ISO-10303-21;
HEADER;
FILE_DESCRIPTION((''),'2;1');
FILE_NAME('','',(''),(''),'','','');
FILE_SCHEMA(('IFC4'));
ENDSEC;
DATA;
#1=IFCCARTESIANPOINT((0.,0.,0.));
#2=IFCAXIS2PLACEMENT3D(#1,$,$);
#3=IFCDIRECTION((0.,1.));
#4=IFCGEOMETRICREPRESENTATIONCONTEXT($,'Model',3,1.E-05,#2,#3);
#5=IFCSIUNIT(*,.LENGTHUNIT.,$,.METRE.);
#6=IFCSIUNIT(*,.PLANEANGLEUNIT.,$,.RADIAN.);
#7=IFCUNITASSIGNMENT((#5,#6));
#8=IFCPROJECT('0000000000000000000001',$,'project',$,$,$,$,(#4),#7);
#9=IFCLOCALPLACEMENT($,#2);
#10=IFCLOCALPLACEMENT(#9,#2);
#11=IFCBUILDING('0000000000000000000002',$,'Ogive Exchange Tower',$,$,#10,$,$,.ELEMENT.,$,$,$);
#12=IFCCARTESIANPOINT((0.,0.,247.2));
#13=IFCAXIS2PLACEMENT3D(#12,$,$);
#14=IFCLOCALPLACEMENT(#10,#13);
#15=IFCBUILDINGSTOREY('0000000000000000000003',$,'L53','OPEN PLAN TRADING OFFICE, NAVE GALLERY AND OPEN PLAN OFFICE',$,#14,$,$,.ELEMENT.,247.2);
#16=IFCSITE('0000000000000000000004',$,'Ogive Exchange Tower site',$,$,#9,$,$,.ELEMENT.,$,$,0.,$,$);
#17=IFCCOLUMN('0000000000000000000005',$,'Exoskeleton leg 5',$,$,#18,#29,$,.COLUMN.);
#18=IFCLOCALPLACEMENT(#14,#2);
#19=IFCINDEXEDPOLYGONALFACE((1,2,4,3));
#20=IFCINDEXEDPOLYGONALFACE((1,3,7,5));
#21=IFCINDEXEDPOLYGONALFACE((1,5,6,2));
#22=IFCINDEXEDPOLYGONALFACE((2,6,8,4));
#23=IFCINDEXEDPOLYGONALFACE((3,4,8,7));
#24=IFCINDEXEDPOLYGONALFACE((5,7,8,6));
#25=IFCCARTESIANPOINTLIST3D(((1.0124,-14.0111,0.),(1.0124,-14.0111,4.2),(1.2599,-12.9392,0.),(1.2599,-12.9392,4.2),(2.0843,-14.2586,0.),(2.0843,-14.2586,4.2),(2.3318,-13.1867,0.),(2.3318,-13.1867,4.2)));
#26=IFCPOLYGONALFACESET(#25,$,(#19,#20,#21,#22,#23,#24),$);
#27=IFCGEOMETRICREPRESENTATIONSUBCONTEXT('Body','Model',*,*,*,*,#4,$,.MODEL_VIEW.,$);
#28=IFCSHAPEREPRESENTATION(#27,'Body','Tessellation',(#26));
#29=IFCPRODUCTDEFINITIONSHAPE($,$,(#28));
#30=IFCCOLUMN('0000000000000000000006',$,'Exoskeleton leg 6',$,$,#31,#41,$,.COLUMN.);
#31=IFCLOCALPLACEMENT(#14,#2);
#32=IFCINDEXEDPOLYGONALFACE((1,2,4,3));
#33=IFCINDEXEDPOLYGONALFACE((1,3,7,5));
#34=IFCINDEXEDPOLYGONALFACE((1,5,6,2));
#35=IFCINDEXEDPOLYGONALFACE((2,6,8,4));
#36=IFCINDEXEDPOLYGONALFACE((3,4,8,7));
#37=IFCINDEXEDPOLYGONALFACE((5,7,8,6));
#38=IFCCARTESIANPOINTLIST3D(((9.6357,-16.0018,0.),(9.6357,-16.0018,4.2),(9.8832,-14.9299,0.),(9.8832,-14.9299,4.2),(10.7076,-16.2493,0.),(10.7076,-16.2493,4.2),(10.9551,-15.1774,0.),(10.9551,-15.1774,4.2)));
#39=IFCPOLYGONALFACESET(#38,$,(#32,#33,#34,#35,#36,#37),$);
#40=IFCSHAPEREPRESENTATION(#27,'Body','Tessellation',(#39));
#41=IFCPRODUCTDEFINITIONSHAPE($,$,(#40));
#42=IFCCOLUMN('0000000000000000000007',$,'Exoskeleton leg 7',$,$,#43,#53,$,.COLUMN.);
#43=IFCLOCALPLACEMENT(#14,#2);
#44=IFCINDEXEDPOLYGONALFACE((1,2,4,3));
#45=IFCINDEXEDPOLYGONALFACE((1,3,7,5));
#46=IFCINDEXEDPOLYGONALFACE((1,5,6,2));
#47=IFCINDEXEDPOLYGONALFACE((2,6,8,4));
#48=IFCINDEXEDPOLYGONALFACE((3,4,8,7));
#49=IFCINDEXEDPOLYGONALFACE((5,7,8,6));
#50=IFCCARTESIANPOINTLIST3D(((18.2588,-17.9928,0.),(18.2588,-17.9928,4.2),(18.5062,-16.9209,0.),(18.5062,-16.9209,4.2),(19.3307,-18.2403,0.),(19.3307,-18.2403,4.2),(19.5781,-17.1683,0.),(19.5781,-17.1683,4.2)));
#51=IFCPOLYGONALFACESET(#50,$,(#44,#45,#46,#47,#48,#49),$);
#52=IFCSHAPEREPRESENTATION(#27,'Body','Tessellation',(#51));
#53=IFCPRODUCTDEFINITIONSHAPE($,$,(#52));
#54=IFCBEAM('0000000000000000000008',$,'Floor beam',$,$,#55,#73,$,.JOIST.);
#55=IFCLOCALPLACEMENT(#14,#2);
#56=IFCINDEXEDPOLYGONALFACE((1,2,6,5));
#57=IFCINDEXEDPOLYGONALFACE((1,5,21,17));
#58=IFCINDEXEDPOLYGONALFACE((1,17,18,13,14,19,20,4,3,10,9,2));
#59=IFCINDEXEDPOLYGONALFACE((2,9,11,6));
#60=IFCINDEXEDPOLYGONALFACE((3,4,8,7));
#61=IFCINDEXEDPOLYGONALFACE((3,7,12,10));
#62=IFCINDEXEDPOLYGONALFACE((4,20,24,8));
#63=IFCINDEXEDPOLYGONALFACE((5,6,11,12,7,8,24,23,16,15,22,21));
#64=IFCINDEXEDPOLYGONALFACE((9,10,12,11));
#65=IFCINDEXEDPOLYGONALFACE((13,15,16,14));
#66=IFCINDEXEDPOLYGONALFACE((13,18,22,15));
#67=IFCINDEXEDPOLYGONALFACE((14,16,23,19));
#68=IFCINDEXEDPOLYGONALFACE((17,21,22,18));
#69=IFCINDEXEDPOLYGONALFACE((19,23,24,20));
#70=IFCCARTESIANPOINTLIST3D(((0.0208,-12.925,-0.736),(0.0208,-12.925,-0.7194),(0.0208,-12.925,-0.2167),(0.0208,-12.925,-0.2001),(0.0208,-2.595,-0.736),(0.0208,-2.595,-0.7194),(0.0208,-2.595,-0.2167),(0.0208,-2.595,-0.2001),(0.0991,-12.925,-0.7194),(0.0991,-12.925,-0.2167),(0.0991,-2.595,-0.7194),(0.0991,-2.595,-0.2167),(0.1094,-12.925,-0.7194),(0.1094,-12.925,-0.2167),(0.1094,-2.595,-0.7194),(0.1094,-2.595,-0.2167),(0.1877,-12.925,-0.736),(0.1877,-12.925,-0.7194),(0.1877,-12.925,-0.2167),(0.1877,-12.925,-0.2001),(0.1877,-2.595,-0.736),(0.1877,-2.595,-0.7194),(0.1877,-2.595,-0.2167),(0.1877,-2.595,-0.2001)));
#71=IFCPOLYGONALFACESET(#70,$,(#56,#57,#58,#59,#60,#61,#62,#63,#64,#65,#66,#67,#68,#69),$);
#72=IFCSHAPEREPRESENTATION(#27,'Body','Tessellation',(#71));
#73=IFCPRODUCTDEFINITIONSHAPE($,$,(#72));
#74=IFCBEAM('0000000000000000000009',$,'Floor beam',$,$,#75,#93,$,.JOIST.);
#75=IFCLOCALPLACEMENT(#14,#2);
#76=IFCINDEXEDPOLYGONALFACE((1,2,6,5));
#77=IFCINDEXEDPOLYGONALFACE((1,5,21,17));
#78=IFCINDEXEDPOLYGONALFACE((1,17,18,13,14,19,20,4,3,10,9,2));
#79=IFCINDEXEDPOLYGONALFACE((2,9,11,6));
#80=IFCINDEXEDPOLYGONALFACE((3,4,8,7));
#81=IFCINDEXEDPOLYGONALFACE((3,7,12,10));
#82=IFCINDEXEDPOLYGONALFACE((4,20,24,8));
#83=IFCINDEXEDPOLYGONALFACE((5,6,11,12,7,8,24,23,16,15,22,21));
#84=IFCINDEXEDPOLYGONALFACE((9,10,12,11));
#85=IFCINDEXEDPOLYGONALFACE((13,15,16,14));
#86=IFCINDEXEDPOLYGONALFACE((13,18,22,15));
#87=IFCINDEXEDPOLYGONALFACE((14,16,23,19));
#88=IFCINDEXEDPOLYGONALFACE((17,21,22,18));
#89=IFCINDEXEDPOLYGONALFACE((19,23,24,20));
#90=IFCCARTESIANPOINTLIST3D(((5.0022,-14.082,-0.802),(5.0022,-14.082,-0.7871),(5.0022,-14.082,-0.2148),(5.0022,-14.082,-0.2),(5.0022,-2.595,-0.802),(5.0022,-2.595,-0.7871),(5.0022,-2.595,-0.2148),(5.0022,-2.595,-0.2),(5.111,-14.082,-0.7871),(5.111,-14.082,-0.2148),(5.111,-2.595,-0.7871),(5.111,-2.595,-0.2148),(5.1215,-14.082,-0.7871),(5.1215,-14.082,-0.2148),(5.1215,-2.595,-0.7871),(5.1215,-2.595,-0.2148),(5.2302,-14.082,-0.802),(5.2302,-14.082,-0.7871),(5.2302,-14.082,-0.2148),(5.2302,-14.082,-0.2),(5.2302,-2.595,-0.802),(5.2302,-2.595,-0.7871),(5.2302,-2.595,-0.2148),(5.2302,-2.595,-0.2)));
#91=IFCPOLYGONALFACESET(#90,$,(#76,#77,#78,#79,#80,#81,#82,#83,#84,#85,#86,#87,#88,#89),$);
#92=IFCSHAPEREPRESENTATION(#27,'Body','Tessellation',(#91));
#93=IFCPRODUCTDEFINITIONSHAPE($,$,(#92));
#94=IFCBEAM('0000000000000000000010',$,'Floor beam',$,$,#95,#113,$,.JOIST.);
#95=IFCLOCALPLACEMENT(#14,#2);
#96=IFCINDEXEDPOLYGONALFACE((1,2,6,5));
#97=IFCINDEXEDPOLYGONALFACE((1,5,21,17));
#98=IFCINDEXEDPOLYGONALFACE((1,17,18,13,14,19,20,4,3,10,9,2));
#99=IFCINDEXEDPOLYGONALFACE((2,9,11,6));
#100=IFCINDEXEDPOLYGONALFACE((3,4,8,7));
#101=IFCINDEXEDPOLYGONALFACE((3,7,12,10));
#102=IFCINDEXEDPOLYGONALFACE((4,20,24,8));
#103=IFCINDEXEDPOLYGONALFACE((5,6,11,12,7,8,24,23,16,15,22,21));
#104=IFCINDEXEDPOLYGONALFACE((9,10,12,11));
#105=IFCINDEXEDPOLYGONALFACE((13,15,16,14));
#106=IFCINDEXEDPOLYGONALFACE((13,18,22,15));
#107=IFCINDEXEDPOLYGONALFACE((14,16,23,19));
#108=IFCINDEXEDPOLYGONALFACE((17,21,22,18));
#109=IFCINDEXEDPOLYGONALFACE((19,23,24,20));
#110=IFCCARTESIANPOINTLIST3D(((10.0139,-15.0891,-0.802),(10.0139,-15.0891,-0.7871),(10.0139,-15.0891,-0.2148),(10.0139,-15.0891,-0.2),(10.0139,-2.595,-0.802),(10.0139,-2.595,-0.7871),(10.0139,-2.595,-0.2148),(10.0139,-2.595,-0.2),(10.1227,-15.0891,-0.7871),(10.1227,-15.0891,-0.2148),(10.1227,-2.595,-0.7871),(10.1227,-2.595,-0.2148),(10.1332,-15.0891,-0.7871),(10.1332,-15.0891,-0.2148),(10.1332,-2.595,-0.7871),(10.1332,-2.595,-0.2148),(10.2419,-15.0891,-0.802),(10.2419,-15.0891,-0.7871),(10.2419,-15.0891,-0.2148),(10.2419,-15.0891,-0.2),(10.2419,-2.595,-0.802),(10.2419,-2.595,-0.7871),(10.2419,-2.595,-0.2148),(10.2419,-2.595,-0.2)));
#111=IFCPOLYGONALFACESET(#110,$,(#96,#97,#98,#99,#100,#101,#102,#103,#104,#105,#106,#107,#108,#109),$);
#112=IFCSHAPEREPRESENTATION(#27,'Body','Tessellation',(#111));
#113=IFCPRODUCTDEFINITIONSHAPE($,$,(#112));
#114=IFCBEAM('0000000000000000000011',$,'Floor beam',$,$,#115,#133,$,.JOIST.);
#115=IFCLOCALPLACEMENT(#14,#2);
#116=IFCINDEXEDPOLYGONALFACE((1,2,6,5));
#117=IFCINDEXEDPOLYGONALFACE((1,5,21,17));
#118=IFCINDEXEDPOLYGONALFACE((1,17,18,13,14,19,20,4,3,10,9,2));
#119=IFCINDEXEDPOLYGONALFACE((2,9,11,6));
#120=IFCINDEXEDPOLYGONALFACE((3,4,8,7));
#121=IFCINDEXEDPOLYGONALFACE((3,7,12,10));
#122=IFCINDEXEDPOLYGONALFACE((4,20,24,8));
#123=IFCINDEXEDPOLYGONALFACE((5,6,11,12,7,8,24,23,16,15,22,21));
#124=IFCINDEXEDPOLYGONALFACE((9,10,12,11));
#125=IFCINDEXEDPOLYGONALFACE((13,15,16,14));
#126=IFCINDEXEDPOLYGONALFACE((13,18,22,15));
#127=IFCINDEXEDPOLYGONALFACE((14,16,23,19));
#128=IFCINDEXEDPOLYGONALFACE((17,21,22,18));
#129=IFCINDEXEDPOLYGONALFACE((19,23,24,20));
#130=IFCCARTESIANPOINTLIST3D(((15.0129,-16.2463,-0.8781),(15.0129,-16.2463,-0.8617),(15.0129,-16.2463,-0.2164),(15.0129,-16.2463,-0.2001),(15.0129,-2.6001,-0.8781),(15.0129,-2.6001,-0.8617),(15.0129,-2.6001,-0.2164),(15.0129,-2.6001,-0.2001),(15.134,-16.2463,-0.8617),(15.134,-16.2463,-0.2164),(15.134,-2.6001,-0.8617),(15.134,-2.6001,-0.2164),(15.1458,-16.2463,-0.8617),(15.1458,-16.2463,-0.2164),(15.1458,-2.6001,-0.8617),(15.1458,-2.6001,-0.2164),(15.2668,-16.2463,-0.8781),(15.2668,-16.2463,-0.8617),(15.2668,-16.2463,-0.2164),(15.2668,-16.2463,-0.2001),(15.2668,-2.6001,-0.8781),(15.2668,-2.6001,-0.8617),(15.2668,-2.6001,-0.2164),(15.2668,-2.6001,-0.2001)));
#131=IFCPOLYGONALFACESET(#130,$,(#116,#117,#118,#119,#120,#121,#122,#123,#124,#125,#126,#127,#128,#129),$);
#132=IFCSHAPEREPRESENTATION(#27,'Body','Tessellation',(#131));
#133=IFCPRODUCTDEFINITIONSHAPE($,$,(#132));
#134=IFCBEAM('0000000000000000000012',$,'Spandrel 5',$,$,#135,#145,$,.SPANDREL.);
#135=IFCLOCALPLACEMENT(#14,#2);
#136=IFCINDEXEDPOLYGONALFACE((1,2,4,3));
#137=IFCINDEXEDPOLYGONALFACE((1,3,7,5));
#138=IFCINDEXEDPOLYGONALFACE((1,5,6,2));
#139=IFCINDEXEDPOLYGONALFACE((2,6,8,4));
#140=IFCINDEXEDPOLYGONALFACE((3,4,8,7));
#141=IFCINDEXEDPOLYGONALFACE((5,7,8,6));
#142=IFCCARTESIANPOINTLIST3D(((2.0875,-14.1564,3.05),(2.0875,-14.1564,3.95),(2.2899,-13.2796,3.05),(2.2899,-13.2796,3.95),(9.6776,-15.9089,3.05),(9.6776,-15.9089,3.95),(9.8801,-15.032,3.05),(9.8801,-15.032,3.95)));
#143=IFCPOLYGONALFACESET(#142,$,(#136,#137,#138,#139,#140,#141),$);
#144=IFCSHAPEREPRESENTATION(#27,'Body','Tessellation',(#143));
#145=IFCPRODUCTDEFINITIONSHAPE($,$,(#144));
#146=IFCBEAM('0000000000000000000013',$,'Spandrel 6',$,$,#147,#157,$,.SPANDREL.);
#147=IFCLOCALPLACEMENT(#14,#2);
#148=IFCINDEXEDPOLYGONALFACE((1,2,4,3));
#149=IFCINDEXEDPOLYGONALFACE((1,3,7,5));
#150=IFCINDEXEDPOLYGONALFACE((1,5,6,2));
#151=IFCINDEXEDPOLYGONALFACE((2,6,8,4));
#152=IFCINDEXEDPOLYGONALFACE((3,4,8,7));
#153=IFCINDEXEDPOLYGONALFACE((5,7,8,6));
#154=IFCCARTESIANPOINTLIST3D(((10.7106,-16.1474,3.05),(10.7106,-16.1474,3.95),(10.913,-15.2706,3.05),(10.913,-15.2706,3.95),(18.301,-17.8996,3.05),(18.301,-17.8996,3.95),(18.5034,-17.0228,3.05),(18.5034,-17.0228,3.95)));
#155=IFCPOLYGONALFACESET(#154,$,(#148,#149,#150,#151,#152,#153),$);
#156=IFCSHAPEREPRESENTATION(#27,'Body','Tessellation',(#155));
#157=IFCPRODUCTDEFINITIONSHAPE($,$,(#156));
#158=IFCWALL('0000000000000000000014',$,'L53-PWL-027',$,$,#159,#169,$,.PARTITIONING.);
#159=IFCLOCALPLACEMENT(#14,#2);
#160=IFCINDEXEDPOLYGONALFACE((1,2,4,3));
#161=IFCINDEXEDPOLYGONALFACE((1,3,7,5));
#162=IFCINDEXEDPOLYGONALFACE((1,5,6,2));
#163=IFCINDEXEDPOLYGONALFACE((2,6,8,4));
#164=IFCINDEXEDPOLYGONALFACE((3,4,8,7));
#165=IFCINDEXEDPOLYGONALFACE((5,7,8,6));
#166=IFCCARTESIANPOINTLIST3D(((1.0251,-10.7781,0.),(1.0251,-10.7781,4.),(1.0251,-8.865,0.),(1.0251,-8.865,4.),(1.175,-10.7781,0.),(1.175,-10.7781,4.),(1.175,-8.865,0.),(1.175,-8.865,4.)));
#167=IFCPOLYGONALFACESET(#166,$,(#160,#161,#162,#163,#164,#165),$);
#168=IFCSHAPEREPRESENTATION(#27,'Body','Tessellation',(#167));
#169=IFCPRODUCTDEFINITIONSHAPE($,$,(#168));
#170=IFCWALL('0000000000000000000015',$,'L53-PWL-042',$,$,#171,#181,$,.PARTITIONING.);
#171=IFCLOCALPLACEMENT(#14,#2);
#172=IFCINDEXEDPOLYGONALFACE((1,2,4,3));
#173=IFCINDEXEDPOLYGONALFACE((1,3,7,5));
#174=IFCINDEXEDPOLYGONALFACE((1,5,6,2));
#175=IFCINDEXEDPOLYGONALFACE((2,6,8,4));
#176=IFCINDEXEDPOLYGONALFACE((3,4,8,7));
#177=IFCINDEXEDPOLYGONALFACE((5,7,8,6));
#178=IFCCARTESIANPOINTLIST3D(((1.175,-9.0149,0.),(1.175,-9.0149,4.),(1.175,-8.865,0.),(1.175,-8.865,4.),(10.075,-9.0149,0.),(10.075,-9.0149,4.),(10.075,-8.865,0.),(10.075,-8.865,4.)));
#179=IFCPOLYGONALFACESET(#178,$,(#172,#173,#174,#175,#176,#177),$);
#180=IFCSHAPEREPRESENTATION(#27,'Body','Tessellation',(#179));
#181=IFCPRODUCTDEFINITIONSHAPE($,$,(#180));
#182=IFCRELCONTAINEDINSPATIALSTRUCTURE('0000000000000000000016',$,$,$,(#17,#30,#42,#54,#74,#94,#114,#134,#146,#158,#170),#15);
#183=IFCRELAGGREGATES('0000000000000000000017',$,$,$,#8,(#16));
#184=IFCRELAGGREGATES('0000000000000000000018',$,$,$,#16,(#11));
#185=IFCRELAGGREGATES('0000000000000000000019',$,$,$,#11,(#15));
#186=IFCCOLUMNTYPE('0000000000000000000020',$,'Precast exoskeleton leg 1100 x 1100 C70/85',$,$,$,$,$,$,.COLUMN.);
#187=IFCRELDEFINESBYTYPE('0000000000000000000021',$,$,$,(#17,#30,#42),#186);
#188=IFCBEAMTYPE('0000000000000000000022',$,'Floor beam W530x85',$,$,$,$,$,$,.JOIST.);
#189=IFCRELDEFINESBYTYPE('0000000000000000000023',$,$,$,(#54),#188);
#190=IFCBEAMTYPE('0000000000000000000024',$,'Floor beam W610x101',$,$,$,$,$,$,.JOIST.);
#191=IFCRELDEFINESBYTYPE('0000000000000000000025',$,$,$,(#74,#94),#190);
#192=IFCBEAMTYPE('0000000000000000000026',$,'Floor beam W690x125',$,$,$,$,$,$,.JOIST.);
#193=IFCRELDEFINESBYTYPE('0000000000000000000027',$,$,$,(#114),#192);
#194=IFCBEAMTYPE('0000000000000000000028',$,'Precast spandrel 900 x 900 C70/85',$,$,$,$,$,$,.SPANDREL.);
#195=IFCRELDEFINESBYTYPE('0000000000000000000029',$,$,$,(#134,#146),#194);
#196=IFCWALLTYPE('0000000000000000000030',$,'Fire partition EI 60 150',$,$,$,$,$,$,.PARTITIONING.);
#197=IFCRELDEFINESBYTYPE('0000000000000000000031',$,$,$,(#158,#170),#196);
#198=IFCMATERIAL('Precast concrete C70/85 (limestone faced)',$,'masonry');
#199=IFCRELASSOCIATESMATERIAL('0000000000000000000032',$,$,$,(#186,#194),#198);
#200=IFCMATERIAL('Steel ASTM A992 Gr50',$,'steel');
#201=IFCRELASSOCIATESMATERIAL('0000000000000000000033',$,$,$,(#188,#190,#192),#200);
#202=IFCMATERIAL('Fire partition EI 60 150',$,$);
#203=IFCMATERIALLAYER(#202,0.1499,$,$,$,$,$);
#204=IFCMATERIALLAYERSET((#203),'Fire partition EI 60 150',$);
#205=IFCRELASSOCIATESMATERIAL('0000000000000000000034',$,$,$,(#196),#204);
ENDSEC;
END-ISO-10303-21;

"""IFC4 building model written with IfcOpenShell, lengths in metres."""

from ifc_helpers import new_model, si_unit, direction, frame, frame_2d, origin, origin_2d, place, context, subcontext, project, spatial, rectangle, i_section, extrude, material, layer, layer_set, material_profile, profile_set, type_object, element, save


model = new_model("IFC4")

# Units and contexts
model_context = context("Model", 3, precision=1e-05, world=origin(), true_north=direction((0.0, 1.0)))
body_context = subcontext(model_context, "Body", "Model", "MODEL_VIEW")
ifc_project = project(units=[si_unit("LENGTHUNIT", "METRE"), si_unit("PLANEANGLEUNIT", "RADIAN")], contexts=[model_context])

# Site, building, storey
site_placement = place(None, origin())
site = spatial("IfcSite", under=ifc_project, at=site_placement, Name="Ogive Exchange Tower site", CompositionType="ELEMENT", RefElevation=0.0)
building_placement = place(site_placement, origin())
building = spatial("IfcBuilding", under=site, at=building_placement, Name="Ogive Exchange Tower", CompositionType="ELEMENT")
storey_placement = place(building_placement, frame((0.0, 0.0, 247.2)))
storey = spatial("IfcBuildingStorey", under=building, at=storey_placement, Name="L53", Description="OPEN PLAN TRADING OFFICE, NAVE GALLERY AND OPEN PLAN OFFICE", CompositionType="ELEMENT", Elevation=247.2)

# Columns
ifc_material_1 = material(Name="Precast concrete C70/85 (limestone faced)", Category="masonry")
ifc_material_profile_1 = material_profile(ifc_material_1, rectangle(XDim=1.1001, YDim=1.1001, at=origin_2d()), Name="1100 x 1100")
ifc_profile_set_1 = profile_set([ifc_material_profile_1], Name="Precast concrete C70/85 (limestone faced)")
column_type = type_object("IfcColumnType", Name="Precast exoskeleton leg 1100 x 1100 C70/85", PredefinedType="COLUMN", material=ifc_profile_set_1)
for number, where, z_axis, x_axis, name in (
    (1, (1.6721, -13.5989, 0.0), (0.0, 0.0, 1.0), (0.97437, -0.224951, 0.0), "Exoskeleton leg 5"),
    (2, (10.2954, -15.5896, 0.0), (0.0, 0.0, 1.0), (0.97437, -0.224951, 0.0), "Exoskeleton leg 6"),
    (3, (18.9185, -17.5806, 0.0), (0.0, 0.0, 1.0), (0.97437, -0.224951, 0.0), "Exoskeleton leg 7"),
):
    element("IfcColumn", number, at=place(storey_placement, frame(where, z_axis=z_axis, x_axis=x_axis)), inside=storey, type_object=column_type, Name=name, PredefinedType="COLUMN", context=body_context, shape_type="SweptSolid", body=[
        extrude(rectangle(XDim=1.1001, YDim=1.1001, at=origin_2d()), origin(), (0.0, 0.0, 1.0), 4.2),
    ])

# Beams
ifc_material_2 = material(Name="Steel ASTM A992 Gr50", Category="steel")
ifc_material_profile_2 = material_profile(ifc_material_2, i_section(OverallWidth=0.167, OverallDepth=0.5359, WebThickness=0.0103, FlangeThickness=0.0166, at=origin_2d()), Name="W530x85")
ifc_profile_set_2 = profile_set([ifc_material_profile_2], Name="Steel ASTM A992 Gr50")
beam_type_1 = type_object("IfcBeamType", Name="Floor beam W530x85", PredefinedType="JOIST", material=ifc_profile_set_2)
beam_1_placement = place(storey_placement, frame((0.1042, -12.925, -0.468), z_axis=(0.0, 1.0, 0.0), x_axis=(-1.0, 0.0, 0.0)))
element("IfcBeam", 4, at=beam_1_placement, inside=storey, type_object=beam_type_1, Name="Floor beam", PredefinedType="JOIST", context=body_context, shape_type="SweptSolid", body=[
    extrude(i_section(OverallWidth=0.167, OverallDepth=0.5359, WebThickness=0.0103, FlangeThickness=0.0166, at=origin_2d()), origin(), (0.0, 0.0, 1.0), 10.3301),
])
ifc_material_profile_3 = material_profile(ifc_material_2, i_section(OverallWidth=0.228, OverallDepth=0.6021, WebThickness=0.0105, FlangeThickness=0.0149, at=origin_2d()), Name="W610x101")
ifc_profile_set_3 = profile_set([ifc_material_profile_3], Name="Steel ASTM A992 Gr50")
beam_type_2 = type_object("IfcBeamType", Name="Floor beam W610x101", PredefinedType="JOIST", material=ifc_profile_set_3)
beam_2_placement = place(storey_placement, frame((5.1162, -14.082, -0.501), z_axis=(0.0, 1.0, 0.0), x_axis=(-1.0, 0.0, 0.0)))
element("IfcBeam", 5, at=beam_2_placement, inside=storey, type_object=beam_type_2, Name="Floor beam", PredefinedType="JOIST", context=body_context, shape_type="SweptSolid", body=[
    extrude(i_section(OverallWidth=0.228, OverallDepth=0.6021, WebThickness=0.0105, FlangeThickness=0.0149, at=origin_2d()), origin(), (0.0, 0.0, 1.0), 11.4871),
])
beam_3_placement = place(storey_placement, frame((10.1279, -15.0891, -0.501), z_axis=(0.0, 1.0, 0.0), x_axis=(-1.0, 0.0, 0.0)))
element("IfcBeam", 6, at=beam_3_placement, inside=storey, type_object=beam_type_2, Name="Floor beam", PredefinedType="JOIST", context=body_context, shape_type="SweptSolid", body=[
    extrude(i_section(OverallWidth=0.228, OverallDepth=0.6021, WebThickness=0.0105, FlangeThickness=0.0149, at=origin_2d()), origin(), (0.0, 0.0, 1.0), 12.4941),
])
ifc_material_profile_4 = material_profile(ifc_material_2, i_section(OverallWidth=0.2539, OverallDepth=0.678, WebThickness=0.0117, FlangeThickness=0.0164, at=origin_2d()), Name="W690x125")
ifc_profile_set_4 = profile_set([ifc_material_profile_4], Name="Steel ASTM A992 Gr50")
beam_type_3 = type_object("IfcBeamType", Name="Floor beam W690x125", PredefinedType="JOIST", material=ifc_profile_set_4)
beam_4_placement = place(storey_placement, frame((15.1399, -16.2463, -0.5391), z_axis=(0.0, 1.0, 0.0), x_axis=(-1.0, 0.0, 0.0)))
element("IfcBeam", 7, at=beam_4_placement, inside=storey, type_object=beam_type_3, Name="Floor beam", PredefinedType="JOIST", context=body_context, shape_type="SweptSolid", body=[
    extrude(i_section(OverallWidth=0.2539, OverallDepth=0.678, WebThickness=0.0117, FlangeThickness=0.0164, at=origin_2d()), origin(), (0.0, 0.0, 1.0), 13.6462),
])
ifc_material_profile_5 = material_profile(ifc_material_1, rectangle(XDim=0.8999, YDim=0.8999, at=origin_2d()), Name="900 x 900")
ifc_profile_set_5 = profile_set([ifc_material_profile_5], Name="Precast concrete C70/85 (limestone faced)")
beam_type_4 = type_object("IfcBeamType", Name="Precast spandrel 900 x 900 C70/85", PredefinedType="SPANDREL", material=ifc_profile_set_5)
beam_5_placement = place(storey_placement, frame((2.1887, -13.718, 3.5), z_axis=(0.974366, -0.224967, 0.0), x_axis=(0.224967, 0.974366, 0.0)))
element("IfcBeam", 8, at=beam_5_placement, inside=storey, type_object=beam_type_4, Name="Spandrel 5", PredefinedType="SPANDREL", context=body_context, shape_type="SweptSolid", body=[
    extrude(rectangle(XDim=0.8999, YDim=0.8999, at=origin_2d()), origin(), (0.0, 0.0, 1.0), 7.7898),
])
beam_6_placement = place(storey_placement, frame((10.8118, -15.709, 3.5), z_axis=(0.974375, -0.22493, 0.0), x_axis=(0.22493, 0.974375, 0.0)))
element("IfcBeam", 9, at=beam_6_placement, inside=storey, type_object=beam_type_4, Name="Spandrel 6", PredefinedType="SPANDREL", context=body_context, shape_type="SweptSolid", body=[
    extrude(rectangle(XDim=0.8999, YDim=0.8999, at=origin_2d()), origin(), (0.0, 0.0, 1.0), 7.79),
])

# Walls
ifc_material_3 = material(Name="Fire partition EI 60 150")
ifc_layer_1 = layer(ifc_material_3, 0.1499)
ifc_layer_set_1 = layer_set([ifc_layer_1], Name="Fire partition EI 60 150")
wall_type_1 = type_object("IfcWallType", Name="Fire partition EI 60 150", PredefinedType="PARTITIONING", material=ifc_layer_set_1)
wall_1_placement = place(storey_placement, frame((1.1001, -8.865, 0.0), z_axis=(0.0, 0.0, 1.0), x_axis=(0.0, -1.0, 0.0)))
element("IfcWall", 10, at=wall_1_placement, inside=storey, type_object=wall_type_1, Name="L53-PWL-027", PredefinedType="PARTITIONING", context=body_context, shape_type="SweptSolid", body=[
    extrude(rectangle(XDim=1.9131, YDim=0.1499, at=frame_2d((0.9565, 0.0))), origin(), (0.0, 0.0, 1.0), 4.0),
])
wall_2_placement = place(storey_placement, frame((10.075, -8.9399, 0.0), z_axis=(0.0, 0.0, 1.0), x_axis=(-1.0, 0.0, 0.0)))
element("IfcWall", 11, at=wall_2_placement, inside=storey, type_object=wall_type_1, Name="L53-PWL-042", PredefinedType="PARTITIONING", context=body_context, shape_type="SweptSolid", body=[
    extrude(rectangle(XDim=8.8999, YDim=0.1499, at=frame_2d((4.45, 0.0))), origin(), (0.0, 0.0, 1.0), 4.0),
])

save(model, "model.ifc")
